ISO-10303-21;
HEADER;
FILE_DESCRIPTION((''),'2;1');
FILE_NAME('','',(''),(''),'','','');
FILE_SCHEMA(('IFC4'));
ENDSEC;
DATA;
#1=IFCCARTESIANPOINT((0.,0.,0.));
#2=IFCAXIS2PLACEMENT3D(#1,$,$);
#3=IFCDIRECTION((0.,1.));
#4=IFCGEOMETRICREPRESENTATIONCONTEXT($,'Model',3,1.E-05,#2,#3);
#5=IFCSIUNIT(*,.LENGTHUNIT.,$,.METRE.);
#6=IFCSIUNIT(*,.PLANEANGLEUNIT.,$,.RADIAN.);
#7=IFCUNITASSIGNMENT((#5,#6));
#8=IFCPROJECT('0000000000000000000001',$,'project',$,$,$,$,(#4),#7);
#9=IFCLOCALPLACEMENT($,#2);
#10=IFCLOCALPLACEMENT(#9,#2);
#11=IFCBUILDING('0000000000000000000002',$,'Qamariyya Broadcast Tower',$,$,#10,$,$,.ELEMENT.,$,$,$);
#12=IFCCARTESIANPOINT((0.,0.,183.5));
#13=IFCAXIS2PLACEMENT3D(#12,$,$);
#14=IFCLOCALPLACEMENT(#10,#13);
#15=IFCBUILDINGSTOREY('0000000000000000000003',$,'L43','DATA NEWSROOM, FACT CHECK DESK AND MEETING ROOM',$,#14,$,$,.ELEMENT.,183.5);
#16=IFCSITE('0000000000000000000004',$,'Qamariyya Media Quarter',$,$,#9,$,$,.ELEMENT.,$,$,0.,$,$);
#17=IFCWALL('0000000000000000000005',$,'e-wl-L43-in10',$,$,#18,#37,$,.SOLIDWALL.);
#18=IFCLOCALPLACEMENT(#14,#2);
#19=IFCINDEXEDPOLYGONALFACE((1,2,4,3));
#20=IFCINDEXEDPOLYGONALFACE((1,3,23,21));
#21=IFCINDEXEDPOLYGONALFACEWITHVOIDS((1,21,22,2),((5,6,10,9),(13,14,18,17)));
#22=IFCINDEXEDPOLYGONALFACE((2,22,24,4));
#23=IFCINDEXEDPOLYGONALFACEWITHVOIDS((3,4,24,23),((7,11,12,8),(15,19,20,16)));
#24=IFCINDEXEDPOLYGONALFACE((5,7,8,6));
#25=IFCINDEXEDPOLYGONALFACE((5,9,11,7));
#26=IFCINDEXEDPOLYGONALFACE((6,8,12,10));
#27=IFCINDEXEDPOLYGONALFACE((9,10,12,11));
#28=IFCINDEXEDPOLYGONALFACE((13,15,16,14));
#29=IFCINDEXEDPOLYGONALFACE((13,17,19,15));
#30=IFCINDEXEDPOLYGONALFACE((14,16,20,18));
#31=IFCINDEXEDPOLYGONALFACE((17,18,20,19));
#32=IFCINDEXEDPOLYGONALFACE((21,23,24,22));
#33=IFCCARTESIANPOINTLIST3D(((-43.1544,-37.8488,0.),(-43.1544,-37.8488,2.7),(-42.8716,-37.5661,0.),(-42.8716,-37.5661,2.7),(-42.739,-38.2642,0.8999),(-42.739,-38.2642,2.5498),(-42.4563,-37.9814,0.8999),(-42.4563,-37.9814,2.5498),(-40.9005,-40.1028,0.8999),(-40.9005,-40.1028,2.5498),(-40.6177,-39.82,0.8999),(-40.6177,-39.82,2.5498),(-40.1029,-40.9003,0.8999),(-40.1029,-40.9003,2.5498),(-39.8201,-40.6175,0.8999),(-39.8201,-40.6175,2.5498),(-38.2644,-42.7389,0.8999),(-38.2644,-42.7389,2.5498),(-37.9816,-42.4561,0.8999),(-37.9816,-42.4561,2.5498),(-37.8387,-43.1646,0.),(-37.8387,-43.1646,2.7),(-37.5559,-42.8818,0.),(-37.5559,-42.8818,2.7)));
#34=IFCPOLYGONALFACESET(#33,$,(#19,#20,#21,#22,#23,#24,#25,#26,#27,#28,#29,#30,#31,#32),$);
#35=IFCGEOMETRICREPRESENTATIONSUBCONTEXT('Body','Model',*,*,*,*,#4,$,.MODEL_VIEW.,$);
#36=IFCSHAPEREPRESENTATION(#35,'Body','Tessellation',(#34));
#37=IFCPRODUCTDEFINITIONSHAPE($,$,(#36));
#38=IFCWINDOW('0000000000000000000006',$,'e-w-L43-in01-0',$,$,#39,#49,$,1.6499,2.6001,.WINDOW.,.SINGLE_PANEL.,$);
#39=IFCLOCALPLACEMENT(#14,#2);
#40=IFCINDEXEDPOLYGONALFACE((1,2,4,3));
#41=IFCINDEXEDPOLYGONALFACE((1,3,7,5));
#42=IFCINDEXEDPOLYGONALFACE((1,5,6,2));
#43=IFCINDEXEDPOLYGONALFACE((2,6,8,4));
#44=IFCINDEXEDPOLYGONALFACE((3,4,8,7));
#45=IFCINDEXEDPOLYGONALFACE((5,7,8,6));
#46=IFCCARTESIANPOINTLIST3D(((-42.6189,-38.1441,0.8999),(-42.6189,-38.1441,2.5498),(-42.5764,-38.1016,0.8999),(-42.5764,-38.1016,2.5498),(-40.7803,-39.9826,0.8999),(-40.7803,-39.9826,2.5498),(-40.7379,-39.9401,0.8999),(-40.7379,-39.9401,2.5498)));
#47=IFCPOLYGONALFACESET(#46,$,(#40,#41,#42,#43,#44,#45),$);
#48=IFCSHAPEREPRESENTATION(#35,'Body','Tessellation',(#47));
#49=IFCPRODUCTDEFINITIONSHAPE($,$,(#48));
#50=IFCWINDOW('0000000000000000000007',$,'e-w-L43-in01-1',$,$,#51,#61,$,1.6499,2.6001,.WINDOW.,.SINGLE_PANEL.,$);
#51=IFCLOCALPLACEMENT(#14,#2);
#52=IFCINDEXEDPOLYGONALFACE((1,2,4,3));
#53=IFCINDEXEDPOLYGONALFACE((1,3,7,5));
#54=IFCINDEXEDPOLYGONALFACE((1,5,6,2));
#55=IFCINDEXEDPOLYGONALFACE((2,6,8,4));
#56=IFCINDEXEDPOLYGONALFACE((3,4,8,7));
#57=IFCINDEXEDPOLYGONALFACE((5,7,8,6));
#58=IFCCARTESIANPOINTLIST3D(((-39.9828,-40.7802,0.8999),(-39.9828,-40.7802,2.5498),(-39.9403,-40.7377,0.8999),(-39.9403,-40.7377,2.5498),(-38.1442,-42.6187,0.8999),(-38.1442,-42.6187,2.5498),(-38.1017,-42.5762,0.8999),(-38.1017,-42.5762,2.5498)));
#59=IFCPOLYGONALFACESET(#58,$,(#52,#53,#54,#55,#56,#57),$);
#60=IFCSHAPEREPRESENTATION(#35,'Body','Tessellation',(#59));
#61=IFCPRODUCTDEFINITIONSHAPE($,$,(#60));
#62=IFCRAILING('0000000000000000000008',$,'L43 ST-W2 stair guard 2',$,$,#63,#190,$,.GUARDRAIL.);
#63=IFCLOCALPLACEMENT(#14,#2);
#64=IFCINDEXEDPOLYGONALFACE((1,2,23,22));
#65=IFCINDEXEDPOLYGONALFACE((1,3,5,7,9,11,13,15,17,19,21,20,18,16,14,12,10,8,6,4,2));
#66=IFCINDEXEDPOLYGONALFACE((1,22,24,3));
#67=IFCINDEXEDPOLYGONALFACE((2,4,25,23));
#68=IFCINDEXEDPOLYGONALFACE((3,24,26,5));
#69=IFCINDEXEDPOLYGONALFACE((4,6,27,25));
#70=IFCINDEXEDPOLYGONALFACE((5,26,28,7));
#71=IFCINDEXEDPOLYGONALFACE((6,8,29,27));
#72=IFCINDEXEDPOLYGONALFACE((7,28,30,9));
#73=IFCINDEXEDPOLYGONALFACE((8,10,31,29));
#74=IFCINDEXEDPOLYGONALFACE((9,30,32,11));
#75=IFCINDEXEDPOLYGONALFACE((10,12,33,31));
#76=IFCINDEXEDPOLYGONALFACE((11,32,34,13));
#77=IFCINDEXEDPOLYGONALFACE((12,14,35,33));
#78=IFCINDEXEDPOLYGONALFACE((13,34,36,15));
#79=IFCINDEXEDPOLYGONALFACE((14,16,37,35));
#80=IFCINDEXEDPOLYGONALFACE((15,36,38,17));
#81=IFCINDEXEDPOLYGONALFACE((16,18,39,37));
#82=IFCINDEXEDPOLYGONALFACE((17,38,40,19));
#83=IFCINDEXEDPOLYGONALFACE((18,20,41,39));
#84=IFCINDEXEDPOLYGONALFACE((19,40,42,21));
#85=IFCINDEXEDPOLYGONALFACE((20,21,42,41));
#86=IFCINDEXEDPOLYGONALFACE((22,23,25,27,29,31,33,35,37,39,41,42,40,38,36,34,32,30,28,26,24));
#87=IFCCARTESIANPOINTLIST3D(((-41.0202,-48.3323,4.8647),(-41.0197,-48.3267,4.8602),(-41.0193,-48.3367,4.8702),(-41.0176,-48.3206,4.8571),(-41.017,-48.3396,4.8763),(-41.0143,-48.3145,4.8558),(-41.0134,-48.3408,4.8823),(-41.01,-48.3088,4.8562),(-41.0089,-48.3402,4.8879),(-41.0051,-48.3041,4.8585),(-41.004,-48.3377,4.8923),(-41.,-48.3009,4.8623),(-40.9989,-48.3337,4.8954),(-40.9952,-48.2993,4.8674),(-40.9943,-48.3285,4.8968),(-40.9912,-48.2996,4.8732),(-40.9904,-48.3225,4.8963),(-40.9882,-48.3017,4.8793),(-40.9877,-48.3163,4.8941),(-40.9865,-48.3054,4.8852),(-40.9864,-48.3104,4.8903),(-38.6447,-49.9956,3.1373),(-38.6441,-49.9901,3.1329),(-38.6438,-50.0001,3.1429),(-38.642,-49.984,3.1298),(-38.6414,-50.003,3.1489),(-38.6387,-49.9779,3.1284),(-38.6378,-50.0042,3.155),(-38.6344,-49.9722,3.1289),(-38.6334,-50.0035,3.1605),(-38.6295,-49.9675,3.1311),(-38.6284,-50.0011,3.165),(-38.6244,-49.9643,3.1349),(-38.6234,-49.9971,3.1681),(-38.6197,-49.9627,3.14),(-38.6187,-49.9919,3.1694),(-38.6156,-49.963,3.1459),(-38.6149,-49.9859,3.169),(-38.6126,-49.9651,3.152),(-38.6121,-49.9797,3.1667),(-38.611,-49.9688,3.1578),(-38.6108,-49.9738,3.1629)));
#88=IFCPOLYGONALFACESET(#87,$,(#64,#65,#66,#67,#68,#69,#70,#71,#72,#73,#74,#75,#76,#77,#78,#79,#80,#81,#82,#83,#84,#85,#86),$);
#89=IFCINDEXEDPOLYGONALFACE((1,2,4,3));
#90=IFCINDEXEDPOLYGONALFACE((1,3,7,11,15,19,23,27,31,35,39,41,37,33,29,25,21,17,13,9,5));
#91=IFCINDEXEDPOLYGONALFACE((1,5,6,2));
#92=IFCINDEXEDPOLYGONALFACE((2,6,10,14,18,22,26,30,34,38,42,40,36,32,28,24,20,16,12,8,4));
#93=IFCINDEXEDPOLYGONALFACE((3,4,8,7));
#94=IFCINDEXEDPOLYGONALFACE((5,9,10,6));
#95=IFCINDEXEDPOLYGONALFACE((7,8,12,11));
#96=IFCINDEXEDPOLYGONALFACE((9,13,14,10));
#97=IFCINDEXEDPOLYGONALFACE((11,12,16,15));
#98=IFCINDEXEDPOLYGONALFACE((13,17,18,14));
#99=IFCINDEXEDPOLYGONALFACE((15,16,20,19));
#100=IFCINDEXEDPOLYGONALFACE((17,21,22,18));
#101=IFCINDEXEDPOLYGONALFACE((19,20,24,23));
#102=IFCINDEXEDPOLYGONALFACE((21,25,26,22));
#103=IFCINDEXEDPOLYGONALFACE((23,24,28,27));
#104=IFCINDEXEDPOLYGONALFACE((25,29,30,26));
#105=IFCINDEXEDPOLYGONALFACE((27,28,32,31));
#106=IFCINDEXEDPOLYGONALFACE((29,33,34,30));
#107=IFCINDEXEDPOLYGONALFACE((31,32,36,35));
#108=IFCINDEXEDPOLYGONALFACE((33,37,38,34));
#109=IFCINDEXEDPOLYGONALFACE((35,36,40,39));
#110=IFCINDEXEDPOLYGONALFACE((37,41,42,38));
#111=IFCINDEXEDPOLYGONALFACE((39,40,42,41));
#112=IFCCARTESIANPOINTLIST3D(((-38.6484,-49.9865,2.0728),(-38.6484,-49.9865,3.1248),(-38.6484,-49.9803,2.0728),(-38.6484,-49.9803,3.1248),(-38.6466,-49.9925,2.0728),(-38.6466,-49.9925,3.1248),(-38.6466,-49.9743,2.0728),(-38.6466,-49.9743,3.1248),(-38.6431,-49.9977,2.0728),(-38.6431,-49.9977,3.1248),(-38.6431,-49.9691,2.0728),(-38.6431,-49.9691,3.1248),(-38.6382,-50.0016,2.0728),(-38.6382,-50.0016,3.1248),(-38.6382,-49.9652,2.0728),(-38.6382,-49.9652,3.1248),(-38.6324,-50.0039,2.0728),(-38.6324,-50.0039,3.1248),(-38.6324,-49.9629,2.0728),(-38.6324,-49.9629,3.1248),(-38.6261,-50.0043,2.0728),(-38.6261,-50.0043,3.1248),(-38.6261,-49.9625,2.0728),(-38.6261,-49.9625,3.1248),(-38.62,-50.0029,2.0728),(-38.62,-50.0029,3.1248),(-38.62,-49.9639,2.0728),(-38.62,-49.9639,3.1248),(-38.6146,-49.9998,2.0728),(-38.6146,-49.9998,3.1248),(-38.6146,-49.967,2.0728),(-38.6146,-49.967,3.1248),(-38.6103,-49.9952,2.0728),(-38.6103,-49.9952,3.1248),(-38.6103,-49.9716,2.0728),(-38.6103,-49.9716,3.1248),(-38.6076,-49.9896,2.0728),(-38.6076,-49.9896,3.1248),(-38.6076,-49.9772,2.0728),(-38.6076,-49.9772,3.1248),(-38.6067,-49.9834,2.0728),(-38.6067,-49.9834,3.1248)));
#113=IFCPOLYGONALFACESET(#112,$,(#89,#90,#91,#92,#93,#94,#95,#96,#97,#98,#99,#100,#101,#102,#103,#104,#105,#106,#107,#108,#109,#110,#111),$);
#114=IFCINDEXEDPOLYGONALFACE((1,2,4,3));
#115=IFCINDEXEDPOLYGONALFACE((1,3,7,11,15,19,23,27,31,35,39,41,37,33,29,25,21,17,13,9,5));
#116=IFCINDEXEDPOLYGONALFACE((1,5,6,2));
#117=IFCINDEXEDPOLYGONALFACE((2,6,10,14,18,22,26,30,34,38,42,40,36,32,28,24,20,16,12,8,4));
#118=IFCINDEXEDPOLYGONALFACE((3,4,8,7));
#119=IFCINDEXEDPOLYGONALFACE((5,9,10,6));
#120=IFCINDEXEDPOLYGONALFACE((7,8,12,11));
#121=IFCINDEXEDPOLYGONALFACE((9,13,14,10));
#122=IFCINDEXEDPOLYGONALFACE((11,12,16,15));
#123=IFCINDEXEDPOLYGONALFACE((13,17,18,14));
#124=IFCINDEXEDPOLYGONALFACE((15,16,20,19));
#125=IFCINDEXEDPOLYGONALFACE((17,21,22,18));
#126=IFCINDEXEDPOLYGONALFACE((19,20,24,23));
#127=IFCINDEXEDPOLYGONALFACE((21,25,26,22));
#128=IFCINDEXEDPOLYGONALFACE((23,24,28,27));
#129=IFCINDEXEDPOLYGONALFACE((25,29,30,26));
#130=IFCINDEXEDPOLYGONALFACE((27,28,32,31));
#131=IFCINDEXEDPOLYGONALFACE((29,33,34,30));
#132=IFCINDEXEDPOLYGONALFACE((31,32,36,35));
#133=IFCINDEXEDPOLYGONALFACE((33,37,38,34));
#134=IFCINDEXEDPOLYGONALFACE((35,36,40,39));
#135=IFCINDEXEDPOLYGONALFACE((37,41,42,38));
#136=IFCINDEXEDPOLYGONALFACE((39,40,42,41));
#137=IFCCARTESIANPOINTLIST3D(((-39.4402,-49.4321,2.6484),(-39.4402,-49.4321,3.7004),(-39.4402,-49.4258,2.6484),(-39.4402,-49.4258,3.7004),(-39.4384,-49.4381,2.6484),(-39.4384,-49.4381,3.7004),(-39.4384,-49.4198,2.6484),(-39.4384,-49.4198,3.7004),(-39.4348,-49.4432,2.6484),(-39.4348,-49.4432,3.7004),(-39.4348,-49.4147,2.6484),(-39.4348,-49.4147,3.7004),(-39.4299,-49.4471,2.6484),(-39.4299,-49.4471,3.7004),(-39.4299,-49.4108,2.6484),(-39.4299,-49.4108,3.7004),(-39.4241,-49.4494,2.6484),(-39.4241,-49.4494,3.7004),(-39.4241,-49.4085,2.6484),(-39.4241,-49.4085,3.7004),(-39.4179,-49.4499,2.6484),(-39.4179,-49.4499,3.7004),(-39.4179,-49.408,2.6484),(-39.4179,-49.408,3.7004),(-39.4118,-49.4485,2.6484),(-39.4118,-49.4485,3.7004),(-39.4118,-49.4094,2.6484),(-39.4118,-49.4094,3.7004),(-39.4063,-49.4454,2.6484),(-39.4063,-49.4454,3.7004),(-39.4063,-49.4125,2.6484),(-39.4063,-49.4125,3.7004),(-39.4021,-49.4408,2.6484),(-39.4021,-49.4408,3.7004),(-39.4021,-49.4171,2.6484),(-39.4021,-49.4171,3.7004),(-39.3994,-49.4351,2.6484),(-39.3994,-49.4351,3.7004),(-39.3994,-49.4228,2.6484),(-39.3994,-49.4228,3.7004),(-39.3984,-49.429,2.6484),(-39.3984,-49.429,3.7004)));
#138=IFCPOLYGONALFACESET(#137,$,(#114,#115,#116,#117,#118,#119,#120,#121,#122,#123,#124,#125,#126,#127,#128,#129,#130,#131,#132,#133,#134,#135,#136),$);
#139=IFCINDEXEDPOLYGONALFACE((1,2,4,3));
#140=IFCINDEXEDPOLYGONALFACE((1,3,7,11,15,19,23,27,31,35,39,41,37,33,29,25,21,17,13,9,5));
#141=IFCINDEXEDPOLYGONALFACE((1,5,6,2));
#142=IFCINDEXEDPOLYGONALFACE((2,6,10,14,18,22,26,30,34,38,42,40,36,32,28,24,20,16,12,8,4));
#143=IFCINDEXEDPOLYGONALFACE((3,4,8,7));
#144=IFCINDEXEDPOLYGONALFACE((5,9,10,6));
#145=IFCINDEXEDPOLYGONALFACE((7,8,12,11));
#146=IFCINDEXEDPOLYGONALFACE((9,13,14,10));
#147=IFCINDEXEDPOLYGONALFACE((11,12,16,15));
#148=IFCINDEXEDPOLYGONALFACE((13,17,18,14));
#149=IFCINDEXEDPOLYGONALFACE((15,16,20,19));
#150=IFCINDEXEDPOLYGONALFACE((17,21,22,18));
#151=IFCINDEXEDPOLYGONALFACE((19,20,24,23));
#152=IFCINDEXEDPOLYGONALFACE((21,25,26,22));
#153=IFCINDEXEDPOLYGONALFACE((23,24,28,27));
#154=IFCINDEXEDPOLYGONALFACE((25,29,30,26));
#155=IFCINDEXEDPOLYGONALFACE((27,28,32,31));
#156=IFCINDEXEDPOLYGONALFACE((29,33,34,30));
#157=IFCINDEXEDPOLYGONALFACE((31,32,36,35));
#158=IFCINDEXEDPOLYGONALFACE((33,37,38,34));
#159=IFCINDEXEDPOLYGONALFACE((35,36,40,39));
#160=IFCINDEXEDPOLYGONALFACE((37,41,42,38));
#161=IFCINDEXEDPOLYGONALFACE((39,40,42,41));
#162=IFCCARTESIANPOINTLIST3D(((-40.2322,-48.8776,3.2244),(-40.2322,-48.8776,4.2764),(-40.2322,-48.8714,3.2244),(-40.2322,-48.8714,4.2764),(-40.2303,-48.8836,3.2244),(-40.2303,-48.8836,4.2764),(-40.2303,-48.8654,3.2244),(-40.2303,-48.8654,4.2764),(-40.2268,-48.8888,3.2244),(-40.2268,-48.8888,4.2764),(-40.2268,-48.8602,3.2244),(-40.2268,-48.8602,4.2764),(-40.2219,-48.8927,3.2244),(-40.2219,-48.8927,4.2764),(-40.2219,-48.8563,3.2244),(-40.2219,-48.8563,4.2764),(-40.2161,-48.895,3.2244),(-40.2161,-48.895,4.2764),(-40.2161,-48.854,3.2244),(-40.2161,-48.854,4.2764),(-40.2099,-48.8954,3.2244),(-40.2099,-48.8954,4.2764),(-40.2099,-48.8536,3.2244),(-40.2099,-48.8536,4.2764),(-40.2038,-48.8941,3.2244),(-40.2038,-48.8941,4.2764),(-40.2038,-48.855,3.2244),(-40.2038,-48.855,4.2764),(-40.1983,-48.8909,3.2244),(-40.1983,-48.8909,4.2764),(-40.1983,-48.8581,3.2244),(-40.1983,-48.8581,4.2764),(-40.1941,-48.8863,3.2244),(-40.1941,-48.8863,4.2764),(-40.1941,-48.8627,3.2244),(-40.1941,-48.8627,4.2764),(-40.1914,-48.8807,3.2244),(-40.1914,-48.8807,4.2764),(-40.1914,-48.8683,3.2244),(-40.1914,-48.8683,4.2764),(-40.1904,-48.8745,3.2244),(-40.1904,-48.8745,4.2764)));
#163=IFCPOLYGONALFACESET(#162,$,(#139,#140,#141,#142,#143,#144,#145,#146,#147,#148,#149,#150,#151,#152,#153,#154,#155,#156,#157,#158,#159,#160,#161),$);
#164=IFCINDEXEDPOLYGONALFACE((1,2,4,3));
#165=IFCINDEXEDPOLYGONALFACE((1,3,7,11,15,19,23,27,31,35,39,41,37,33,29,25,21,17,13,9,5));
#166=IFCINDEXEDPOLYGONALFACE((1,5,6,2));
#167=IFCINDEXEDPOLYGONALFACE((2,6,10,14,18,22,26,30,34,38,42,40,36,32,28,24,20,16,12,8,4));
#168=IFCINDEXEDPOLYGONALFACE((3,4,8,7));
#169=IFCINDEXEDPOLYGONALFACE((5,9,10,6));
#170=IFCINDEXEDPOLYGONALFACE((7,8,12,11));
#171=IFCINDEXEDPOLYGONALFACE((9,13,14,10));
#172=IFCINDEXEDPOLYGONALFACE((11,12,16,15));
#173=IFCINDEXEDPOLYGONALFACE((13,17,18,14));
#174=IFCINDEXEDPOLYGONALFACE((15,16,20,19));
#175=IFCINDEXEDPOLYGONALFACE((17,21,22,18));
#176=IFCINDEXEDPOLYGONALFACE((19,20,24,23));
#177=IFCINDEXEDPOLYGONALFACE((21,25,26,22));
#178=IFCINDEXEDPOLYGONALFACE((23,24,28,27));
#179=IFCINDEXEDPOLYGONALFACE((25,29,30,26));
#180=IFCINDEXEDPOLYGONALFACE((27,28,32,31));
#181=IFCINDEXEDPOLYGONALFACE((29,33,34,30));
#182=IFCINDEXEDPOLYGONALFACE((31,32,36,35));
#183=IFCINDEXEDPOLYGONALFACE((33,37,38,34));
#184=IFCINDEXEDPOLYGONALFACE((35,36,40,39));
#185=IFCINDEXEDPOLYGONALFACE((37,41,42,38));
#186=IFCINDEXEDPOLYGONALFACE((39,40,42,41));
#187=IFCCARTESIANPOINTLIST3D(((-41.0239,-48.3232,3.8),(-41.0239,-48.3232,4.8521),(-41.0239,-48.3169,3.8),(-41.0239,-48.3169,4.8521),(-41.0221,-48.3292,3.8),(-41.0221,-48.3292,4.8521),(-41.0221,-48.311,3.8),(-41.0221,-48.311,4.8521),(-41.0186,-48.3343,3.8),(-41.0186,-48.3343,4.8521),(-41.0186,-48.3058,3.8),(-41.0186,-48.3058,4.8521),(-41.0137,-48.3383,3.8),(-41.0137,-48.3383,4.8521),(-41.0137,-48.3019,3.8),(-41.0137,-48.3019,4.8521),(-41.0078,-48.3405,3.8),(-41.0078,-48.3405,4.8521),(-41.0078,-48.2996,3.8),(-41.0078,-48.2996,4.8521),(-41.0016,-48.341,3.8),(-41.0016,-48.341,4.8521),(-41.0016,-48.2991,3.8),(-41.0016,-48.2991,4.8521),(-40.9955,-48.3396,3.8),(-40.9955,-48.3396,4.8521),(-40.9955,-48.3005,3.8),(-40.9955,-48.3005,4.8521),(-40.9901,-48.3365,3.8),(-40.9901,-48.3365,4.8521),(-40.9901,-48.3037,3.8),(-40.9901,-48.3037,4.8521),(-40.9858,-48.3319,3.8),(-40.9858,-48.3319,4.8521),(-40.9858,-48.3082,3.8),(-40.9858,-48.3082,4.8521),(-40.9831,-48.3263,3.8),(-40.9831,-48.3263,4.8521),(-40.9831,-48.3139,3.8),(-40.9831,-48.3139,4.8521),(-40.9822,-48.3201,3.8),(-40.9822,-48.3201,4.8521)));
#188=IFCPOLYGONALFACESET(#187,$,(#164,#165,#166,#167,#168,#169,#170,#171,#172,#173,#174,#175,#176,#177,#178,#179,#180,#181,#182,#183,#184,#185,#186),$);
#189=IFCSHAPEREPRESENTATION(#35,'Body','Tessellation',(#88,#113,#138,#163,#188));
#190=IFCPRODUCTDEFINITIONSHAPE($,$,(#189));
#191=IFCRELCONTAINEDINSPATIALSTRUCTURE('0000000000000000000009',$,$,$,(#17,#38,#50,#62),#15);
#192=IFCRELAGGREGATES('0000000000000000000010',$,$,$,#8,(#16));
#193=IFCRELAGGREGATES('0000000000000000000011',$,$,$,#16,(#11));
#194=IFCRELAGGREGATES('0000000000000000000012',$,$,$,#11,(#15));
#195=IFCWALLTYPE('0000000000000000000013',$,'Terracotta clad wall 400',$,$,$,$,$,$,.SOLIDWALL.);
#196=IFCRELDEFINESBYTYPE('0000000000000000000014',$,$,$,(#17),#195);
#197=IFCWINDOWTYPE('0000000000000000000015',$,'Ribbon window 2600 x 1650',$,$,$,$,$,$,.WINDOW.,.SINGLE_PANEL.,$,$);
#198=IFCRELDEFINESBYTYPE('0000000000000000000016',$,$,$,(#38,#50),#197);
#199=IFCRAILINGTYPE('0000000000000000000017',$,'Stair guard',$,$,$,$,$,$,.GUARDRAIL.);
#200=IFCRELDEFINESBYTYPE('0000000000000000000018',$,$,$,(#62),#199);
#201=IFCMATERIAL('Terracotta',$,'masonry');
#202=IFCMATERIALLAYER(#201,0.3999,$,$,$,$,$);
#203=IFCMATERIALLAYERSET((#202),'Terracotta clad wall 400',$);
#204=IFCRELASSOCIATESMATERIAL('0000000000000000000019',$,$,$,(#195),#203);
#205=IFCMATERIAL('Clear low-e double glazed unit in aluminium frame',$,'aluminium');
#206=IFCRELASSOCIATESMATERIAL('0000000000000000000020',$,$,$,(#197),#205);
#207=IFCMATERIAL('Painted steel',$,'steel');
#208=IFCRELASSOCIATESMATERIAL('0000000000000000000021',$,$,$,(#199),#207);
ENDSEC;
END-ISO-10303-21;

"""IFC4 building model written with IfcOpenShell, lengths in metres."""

from ifc_helpers import new_model, si_unit, direction, frame, frame_2d, origin, origin_2d, place, context, subcontext, project, spatial, rectangle, circle, extrude, material, layer, layer_set, type_object, element, fill, save


model = new_model("IFC4")

# Units and contexts
model_context = context("Model", 3, precision=1e-05, world=origin(), true_north=direction((0.0, 1.0)))
body_context = subcontext(model_context, "Body", "Model", "MODEL_VIEW")
ifc_project = project(units=[si_unit("LENGTHUNIT", "METRE"), si_unit("PLANEANGLEUNIT", "RADIAN")], contexts=[model_context])

# Site, building, storey
site_placement = place(None, origin())
site = spatial("IfcSite", under=ifc_project, at=site_placement, Name="Qamariyya Media Quarter", CompositionType="ELEMENT", RefElevation=0.0)
building_placement = place(site_placement, origin())
building = spatial("IfcBuilding", under=site, at=building_placement, Name="Qamariyya Broadcast Tower", CompositionType="ELEMENT")
storey_placement = place(building_placement, frame((0.0, 0.0, 183.5)))
storey = spatial("IfcBuildingStorey", under=building, at=storey_placement, Name="L43", Description="DATA NEWSROOM, FACT CHECK DESK AND MEETING ROOM", CompositionType="ELEMENT", Elevation=183.5)

# Shared definitions
ifc_material_1 = material(Name="Terracotta", Category="masonry")
ifc_layer_1 = layer(ifc_material_1, 0.3999)
ifc_layer_set_1 = layer_set([ifc_layer_1], Name="Terracotta clad wall 400")
wall_type_1 = type_object("IfcWallType", Name="Terracotta clad wall 400", PredefinedType="SOLIDWALL", material=ifc_layer_set_1)

# Wall, openings, windows
wall_1_placement = place(storey_placement, frame((-37.6973, -43.0232, 0.0), z_axis=(0.0, 0.0, 1.0), x_axis=(-0.707107, 0.707107, 0.0)))
wall_1 = element("IfcWall", 1, at=wall_1_placement, inside=storey, type_object=wall_type_1, Name="e-wl-L43-in10", PredefinedType="SOLIDWALL", context=body_context, shape_type="SweptSolid", body=[
    extrude(rectangle(XDim=7.5176, YDim=0.3999, at=frame_2d((3.7588, 0.0))), origin(), (0.0, 0.0, 1.0), 2.7),
])
opening_1_placement = place(wall_1_placement, frame((4.3301, 0.0, 0.8999)))
opening_1 = element("IfcOpeningElement", 2, at=opening_1_placement, cuts=wall_1, PredefinedType="OPENING", context=body_context, shape_type="SweptSolid", body=[
    extrude(rectangle(XDim=2.6001, YDim=1.6499, at=frame_2d((1.3, 0.825))), frame((0.0, 0.21, 0.0), z_axis=(0.0, -1.0, 0.0), x_axis=(1.0, 0.0, 0.0)), (0.0, 0.0, 1.0), 0.4199),
])
opening_2_placement = place(wall_1_placement, frame((0.6021, 0.0, 0.8999)))
opening_2 = element("IfcOpeningElement", 3, at=opening_2_placement, cuts=wall_1, PredefinedType="OPENING", context=body_context, shape_type="SweptSolid", body=[
    extrude(rectangle(XDim=2.6001, YDim=1.6499, at=frame_2d((1.3, 0.825))), frame((0.0, 0.21, 0.0), z_axis=(0.0, -1.0, 0.0), x_axis=(1.0, 0.0, 0.0)), (0.0, 0.0, 1.0), 0.4199),
])
ifc_material_2 = material(Name="Clear low-e double glazed unit in aluminium frame", Category="aluminium")
window_type = type_object("IfcWindowType", Name="Ribbon window 2600 x 1650", PartitioningType="SINGLE_PANEL", PredefinedType="WINDOW", material=ifc_material_2)
window_1_placement = place(opening_1_placement, origin())
window_1 = element("IfcWindow", 4, at=window_1_placement, inside=storey, type_object=window_type, Name="e-w-L43-in01-0", OverallHeight=1.6499, OverallWidth=2.6001, PartitioningType="SINGLE_PANEL", PredefinedType="WINDOW", context=body_context, shape_type="SweptSolid", body=[
    extrude(rectangle(XDim=2.6001, YDim=1.6499, at=frame_2d((1.3, 0.825))), frame((0.0, 0.03, 0.0), z_axis=(0.0, -1.0, 0.0), x_axis=(1.0, 0.0, 0.0)), (0.0, 0.0, 1.0), 0.0601),
])
fill(opening_1, window_1)
window_2_placement = place(opening_2_placement, origin())
window_2 = element("IfcWindow", 5, at=window_2_placement, inside=storey, type_object=window_type, Name="e-w-L43-in01-1", OverallHeight=1.6499, OverallWidth=2.6001, PartitioningType="SINGLE_PANEL", PredefinedType="WINDOW", context=body_context, shape_type="SweptSolid", body=[
    extrude(rectangle(XDim=2.6001, YDim=1.6499, at=frame_2d((1.3, 0.825))), frame((0.0, 0.03, 0.0), z_axis=(0.0, -1.0, 0.0), x_axis=(1.0, 0.0, 0.0)), (0.0, 0.0, 1.0), 0.0601),
])
fill(opening_2, window_2)

# Railing
ifc_material_3 = material(Name="Painted steel", Category="steel")
railing_type_1 = type_object("IfcRailingType", Name="Stair guard", PredefinedType="GUARDRAIL", material=ifc_material_3)
railing_1_placement = place(storey_placement, frame((-38.6277, -49.9834, 2.0728)))
element("IfcRailing", 6, at=railing_1_placement, inside=storey, type_object=railing_type_1, Name="L43 ST-W2 stair guard 2", PredefinedType="GUARDRAIL", context=body_context, shape_type="SweptSolid", body=[
    extrude(circle(Radius=0.0239, at=origin_2d()), frame((0.0, 0.0, 1.0762), z_axis=(-0.70377, 0.492784, 0.511734), x_axis=(-0.573575, -0.819153, 0.0)), (0.0, 0.0, 1.0), 3.3755),
    extrude(circle(Radius=0.021, at=origin_2d()), origin(), (0.0, 0.0, 1.0), 1.052),
    extrude(circle(Radius=0.021, at=origin_2d()), frame((-0.7917, 0.5544, 0.5757)), (0.0, 0.0, 1.0), 1.052),
    extrude(circle(Radius=0.021, at=origin_2d()), frame((-1.5837, 1.1089, 1.1516)), (0.0, 0.0, 1.0), 1.052),
    extrude(circle(Radius=0.021, at=origin_2d()), frame((-2.3755, 1.6633, 1.7273)), (0.0, 0.0, 1.0), 1.052),
])

save(model, "model.ifc")
